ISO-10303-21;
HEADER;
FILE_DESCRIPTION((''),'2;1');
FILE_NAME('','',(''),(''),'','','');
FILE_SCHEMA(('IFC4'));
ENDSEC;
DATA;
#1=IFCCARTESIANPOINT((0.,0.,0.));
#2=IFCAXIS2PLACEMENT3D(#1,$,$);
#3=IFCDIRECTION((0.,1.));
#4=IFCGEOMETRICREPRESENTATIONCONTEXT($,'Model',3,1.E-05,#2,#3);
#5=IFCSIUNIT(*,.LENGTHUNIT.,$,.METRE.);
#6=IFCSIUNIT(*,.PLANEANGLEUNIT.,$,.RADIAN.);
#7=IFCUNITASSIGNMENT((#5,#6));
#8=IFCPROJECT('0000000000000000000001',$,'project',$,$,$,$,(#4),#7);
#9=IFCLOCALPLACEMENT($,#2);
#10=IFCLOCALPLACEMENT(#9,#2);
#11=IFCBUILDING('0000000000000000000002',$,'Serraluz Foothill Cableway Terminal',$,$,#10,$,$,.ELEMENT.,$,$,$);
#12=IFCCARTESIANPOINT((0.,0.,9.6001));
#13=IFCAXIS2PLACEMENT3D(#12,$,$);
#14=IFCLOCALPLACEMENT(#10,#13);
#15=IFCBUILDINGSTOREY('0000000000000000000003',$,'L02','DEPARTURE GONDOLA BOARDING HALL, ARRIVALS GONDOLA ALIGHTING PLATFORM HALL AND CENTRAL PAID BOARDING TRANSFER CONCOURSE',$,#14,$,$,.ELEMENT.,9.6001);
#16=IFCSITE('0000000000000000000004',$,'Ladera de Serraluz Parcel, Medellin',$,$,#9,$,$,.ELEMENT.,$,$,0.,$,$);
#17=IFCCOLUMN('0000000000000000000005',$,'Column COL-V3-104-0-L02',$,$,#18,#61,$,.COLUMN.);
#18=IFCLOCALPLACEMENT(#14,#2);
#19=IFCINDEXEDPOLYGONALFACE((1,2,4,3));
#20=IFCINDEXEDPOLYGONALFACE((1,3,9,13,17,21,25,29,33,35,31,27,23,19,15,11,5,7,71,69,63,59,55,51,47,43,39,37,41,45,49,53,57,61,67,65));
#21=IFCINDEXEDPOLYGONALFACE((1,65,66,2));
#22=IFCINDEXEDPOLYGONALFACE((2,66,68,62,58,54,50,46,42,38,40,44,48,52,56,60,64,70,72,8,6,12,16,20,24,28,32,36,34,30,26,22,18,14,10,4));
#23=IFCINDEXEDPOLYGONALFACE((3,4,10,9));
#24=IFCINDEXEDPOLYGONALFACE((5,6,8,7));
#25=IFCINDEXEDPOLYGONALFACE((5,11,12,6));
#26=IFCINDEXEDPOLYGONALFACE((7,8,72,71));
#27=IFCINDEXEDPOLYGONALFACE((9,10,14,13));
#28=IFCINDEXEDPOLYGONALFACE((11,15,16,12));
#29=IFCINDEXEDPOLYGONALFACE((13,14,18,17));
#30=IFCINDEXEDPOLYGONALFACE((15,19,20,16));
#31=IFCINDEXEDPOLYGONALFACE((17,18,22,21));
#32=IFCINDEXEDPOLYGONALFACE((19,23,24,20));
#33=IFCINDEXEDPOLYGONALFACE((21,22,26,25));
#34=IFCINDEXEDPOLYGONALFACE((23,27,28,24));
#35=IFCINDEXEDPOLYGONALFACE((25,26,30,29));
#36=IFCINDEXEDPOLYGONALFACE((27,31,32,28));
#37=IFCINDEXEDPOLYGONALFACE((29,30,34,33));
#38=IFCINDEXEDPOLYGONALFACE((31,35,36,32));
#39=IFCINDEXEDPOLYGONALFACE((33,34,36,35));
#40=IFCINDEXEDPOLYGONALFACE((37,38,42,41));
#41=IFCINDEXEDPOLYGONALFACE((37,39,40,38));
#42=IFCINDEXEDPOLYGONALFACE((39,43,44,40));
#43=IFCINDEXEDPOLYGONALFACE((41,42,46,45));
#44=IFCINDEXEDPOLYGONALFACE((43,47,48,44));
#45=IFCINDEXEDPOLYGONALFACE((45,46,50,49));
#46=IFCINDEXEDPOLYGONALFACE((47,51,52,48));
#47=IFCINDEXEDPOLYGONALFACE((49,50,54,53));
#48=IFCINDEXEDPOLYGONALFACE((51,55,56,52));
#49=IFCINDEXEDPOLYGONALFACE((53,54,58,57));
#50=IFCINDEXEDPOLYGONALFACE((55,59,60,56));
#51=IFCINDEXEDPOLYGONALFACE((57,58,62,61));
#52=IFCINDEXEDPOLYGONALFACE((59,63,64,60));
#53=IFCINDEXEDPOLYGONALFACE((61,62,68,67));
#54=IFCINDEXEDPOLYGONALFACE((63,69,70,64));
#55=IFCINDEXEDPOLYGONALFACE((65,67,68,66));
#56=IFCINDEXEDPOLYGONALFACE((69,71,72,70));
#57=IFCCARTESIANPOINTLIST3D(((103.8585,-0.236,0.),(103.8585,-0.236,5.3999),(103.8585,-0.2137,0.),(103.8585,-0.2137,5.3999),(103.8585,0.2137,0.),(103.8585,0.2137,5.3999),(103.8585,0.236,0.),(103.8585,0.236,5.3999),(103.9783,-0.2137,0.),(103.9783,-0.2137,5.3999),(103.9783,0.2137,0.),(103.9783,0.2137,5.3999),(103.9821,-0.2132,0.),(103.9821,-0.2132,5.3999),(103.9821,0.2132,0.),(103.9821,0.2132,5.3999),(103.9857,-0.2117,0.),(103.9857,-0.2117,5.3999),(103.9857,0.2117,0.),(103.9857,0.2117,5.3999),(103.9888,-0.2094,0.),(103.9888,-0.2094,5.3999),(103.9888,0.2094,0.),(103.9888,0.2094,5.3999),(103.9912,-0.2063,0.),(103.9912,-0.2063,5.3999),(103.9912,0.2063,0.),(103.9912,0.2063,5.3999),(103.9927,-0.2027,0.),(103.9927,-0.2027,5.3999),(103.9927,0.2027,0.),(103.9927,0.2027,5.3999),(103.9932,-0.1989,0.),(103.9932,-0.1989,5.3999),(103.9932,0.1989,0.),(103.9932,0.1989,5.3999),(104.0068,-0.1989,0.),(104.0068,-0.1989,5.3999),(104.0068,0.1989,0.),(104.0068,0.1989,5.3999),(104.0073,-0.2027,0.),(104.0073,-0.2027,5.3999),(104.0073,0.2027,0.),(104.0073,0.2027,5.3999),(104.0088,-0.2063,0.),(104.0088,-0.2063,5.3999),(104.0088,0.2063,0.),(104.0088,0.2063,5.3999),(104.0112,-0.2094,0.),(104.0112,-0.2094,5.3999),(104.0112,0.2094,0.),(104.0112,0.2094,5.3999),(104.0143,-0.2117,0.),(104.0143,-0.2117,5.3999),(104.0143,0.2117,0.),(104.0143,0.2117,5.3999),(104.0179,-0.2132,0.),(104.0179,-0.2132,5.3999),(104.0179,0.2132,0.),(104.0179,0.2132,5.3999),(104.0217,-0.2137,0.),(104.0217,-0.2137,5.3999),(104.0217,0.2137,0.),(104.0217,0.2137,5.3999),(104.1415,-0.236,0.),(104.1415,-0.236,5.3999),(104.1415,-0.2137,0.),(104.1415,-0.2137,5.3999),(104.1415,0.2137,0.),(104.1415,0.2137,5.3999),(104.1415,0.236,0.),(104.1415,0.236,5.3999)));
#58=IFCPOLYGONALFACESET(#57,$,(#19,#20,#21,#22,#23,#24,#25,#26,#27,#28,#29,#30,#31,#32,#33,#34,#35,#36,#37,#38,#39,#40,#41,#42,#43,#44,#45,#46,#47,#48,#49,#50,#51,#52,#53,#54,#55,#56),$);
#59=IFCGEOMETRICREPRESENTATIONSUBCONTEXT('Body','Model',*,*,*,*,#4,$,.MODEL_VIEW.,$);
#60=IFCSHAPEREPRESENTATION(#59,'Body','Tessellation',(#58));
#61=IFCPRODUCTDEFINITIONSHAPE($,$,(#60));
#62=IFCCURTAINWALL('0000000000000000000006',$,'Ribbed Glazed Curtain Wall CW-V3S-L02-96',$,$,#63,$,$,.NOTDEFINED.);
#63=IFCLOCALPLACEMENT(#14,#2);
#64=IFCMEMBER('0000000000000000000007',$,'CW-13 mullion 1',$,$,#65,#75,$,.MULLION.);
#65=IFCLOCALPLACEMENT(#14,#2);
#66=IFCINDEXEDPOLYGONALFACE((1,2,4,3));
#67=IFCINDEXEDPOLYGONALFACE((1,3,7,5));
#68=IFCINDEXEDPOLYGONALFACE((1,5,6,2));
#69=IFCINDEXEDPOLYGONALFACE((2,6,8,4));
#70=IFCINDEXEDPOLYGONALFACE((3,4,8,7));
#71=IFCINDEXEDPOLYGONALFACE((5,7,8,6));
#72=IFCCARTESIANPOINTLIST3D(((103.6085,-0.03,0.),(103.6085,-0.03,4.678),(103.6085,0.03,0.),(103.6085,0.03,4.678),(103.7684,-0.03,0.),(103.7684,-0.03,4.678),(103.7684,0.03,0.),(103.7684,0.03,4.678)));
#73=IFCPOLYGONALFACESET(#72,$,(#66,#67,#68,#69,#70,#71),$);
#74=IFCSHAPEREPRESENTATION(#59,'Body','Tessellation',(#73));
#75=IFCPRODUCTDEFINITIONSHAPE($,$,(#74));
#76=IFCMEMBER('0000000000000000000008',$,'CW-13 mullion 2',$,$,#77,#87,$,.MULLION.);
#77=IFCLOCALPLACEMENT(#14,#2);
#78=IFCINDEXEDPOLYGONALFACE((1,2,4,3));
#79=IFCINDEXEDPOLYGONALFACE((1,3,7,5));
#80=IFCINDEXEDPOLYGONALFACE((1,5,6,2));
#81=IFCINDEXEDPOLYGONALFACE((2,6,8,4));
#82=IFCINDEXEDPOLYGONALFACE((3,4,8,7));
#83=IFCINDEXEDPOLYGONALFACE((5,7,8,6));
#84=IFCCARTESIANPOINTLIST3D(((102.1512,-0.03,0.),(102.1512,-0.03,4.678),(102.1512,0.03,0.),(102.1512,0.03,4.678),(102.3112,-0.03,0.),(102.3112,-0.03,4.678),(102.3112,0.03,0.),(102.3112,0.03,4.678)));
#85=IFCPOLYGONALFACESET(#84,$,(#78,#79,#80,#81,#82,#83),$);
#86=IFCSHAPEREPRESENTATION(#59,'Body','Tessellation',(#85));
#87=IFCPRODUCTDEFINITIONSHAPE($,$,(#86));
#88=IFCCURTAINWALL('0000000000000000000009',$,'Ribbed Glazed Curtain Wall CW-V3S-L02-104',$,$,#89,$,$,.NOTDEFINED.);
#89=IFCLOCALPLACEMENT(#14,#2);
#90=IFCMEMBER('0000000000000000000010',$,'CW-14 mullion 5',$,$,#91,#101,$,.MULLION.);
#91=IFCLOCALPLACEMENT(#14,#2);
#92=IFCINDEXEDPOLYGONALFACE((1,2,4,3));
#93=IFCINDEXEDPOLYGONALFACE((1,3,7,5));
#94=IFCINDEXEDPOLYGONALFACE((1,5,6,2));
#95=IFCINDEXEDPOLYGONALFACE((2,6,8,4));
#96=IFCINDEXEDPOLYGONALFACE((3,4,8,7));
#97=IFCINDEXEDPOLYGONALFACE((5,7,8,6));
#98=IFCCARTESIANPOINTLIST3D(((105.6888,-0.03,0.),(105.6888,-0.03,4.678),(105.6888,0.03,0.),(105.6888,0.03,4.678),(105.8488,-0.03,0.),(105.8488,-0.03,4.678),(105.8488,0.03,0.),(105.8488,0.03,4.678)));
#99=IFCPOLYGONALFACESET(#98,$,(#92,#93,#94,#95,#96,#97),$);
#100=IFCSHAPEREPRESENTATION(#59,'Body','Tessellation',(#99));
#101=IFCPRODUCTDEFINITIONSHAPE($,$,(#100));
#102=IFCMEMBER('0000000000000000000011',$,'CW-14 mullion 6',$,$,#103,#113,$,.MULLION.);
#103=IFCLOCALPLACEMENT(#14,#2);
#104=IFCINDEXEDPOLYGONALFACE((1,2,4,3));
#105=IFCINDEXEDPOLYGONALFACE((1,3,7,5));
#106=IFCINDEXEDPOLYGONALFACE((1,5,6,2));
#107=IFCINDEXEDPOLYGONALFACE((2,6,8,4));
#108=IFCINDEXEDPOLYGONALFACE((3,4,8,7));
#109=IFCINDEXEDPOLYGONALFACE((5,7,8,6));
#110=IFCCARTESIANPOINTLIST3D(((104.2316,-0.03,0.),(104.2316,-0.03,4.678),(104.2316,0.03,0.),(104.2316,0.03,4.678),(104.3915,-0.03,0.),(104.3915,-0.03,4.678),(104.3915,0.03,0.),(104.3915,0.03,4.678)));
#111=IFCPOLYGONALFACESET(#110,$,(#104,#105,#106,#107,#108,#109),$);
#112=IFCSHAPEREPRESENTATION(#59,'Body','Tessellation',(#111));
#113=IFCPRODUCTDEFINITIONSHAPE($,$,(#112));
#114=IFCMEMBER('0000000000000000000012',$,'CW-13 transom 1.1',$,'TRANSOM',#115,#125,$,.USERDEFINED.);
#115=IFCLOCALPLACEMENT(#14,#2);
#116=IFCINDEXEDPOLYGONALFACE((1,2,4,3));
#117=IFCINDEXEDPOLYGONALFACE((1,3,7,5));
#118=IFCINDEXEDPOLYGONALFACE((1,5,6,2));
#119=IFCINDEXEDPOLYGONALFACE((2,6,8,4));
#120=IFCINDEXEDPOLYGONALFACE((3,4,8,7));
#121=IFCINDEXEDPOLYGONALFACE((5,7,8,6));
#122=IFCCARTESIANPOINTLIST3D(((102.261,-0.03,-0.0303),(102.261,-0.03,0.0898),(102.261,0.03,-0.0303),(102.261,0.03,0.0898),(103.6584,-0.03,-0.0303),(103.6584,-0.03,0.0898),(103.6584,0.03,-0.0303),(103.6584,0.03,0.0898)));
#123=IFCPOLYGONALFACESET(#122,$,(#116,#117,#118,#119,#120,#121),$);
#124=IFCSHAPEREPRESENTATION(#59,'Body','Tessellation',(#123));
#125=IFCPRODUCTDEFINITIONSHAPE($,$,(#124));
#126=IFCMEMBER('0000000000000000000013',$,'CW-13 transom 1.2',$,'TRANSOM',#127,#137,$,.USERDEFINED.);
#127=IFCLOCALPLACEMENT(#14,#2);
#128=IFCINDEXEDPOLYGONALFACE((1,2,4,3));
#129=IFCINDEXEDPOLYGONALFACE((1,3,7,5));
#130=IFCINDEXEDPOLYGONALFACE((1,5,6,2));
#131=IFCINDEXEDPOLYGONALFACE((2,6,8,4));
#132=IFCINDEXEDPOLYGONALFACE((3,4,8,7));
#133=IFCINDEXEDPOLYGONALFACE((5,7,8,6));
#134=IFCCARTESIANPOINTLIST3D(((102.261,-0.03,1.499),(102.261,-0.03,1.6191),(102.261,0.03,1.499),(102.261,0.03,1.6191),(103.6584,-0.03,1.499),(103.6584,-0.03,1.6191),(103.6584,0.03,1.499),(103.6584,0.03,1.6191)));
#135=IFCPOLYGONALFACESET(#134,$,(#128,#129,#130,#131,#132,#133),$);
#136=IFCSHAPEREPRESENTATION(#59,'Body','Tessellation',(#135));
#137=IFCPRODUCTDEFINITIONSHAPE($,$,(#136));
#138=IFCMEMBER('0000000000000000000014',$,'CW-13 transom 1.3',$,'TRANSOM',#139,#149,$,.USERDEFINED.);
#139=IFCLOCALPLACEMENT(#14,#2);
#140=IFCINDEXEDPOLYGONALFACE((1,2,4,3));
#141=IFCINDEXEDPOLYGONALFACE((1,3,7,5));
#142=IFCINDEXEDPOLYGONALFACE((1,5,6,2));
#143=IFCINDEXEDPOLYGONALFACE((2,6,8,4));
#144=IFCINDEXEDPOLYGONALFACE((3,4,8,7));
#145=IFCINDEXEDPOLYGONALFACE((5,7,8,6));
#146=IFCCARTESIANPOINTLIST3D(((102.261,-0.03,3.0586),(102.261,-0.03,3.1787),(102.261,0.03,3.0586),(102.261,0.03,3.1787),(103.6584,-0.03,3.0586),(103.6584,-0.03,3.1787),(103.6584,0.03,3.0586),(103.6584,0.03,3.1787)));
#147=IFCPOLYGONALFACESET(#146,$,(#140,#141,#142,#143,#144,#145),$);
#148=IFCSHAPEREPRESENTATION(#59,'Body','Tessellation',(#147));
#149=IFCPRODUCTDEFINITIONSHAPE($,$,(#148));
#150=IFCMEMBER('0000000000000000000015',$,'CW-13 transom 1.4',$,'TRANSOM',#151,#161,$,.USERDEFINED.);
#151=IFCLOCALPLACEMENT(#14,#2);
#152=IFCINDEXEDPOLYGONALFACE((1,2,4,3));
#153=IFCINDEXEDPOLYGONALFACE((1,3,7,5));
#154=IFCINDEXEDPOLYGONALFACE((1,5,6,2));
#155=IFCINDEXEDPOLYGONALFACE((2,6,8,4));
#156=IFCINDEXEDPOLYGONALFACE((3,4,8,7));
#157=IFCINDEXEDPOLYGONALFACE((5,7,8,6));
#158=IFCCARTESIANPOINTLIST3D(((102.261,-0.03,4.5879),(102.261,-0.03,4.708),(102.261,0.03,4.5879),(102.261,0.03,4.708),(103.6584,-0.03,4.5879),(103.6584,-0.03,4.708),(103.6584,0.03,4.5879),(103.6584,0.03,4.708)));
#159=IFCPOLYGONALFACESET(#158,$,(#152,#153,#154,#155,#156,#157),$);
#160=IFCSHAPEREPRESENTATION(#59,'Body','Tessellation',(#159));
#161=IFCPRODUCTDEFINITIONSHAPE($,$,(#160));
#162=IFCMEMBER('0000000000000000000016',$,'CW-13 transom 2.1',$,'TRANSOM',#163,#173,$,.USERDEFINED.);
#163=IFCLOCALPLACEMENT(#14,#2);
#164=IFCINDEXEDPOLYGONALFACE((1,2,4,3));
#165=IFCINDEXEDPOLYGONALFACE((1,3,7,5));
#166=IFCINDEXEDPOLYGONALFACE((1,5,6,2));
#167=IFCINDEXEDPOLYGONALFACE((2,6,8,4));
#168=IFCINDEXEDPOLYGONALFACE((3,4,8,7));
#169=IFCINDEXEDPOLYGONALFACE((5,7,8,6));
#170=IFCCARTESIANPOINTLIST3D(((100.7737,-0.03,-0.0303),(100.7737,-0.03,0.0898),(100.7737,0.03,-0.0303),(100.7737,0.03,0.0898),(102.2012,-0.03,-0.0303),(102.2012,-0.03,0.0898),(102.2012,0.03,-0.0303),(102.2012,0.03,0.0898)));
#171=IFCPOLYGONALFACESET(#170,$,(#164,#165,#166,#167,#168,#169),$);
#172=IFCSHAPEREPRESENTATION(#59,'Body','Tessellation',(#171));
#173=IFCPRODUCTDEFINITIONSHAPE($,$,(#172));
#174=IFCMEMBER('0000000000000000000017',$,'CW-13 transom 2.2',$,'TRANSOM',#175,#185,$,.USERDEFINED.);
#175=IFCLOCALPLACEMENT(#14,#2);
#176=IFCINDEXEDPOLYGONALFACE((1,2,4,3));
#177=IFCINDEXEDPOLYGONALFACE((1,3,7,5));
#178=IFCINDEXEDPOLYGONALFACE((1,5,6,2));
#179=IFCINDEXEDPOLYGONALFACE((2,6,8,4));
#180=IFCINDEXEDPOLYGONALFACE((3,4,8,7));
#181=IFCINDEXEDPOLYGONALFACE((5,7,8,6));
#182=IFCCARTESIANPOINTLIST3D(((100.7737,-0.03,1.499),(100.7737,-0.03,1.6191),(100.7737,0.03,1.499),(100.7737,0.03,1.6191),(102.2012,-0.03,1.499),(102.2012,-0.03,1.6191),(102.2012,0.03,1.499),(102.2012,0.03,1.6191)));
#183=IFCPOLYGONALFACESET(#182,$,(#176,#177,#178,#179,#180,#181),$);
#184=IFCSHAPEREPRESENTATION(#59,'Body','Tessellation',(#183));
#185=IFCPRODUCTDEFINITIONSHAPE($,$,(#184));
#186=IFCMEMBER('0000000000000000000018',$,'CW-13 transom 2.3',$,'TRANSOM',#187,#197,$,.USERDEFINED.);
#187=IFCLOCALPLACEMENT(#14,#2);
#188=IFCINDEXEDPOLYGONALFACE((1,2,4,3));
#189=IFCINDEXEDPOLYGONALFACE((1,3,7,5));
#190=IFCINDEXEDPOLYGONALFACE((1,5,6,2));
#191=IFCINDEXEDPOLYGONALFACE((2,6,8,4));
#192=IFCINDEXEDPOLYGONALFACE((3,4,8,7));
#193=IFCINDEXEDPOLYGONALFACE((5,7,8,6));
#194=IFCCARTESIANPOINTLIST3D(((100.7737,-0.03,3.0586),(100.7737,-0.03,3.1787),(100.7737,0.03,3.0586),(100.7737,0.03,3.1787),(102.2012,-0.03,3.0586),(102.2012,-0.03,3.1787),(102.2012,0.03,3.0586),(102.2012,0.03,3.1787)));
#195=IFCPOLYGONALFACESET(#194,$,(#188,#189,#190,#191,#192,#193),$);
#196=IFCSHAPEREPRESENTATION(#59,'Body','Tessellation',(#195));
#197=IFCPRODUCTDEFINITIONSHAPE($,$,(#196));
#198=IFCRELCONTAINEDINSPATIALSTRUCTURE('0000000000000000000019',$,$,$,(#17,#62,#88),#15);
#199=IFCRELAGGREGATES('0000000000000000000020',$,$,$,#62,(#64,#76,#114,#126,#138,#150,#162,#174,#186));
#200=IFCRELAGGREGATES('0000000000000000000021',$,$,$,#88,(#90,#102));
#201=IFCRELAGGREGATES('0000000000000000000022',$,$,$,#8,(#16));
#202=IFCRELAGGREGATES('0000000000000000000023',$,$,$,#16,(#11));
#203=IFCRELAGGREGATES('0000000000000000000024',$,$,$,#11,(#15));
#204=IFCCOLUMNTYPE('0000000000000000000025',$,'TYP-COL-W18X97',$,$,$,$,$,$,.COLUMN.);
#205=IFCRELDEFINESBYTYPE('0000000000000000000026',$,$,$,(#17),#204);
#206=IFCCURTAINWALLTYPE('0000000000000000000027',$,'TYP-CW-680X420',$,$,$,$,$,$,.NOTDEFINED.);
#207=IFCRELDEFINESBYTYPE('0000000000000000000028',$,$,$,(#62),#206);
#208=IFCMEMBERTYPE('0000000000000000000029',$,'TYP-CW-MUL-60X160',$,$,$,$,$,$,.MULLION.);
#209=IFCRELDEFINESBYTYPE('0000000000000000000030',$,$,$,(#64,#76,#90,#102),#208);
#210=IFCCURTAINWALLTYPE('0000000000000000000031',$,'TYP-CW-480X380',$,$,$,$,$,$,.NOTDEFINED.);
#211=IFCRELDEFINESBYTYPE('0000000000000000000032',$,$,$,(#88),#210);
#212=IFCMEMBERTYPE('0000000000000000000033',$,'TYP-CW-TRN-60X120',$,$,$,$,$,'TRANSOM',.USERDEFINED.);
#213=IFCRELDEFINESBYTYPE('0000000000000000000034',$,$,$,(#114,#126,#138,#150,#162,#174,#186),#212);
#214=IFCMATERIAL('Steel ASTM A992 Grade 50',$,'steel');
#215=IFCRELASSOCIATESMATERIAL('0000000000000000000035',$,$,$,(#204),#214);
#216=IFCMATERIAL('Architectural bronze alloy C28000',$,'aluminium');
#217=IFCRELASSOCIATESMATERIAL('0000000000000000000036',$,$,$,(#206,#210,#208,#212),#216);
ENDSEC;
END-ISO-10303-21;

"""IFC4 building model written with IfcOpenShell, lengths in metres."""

from ifc_helpers import new_model, si_unit, direction, frame, origin, origin_2d, place, context, subcontext, project, spatial, rectangle, i_section, extrude, material, material_profile, profile_set, type_object, element, aggregate, save


model = new_model("IFC4")

# Units and contexts
model_context = context("Model", 3, precision=1e-05, world=origin(), true_north=direction((0.0, 1.0)))
body_context = subcontext(model_context, "Body", "Model", "MODEL_VIEW")
ifc_project = project(units=[si_unit("LENGTHUNIT", "METRE"), si_unit("PLANEANGLEUNIT", "RADIAN")], contexts=[model_context])

# Site, building, storey
site_placement = place(None, origin())
site = spatial("IfcSite", under=ifc_project, at=site_placement, Name="Ladera de Serraluz Parcel, Medellin", CompositionType="ELEMENT", RefElevation=0.0)
building_placement = place(site_placement, origin())
building = spatial("IfcBuilding", under=site, at=building_placement, Name="Serraluz Foothill Cableway Terminal", CompositionType="ELEMENT")
storey_placement = place(building_placement, frame((0.0, 0.0, 9.6001)))
storey = spatial("IfcBuildingStorey", under=building, at=storey_placement, Name="L02", Description="DEPARTURE GONDOLA BOARDING HALL, ARRIVALS GONDOLA ALIGHTING PLATFORM HALL AND CENTRAL PAID BOARDING TRANSFER CONCOURSE", CompositionType="ELEMENT", Elevation=9.6001)

# Column
ifc_material_1 = material(Name="Steel ASTM A992 Grade 50", Category="steel")
ifc_material_profile_1 = material_profile(ifc_material_1, i_section(OverallWidth=0.283, OverallDepth=0.4719, WebThickness=0.0137, FlangeThickness=0.0222, FilletRadius=0.0149, at=origin_2d()), Name="W18X97")
ifc_profile_set_1 = profile_set([ifc_material_profile_1], Name="Steel ASTM A992 Grade 50")
column_type = type_object("IfcColumnType", Name="TYP-COL-W18X97", PredefinedType="COLUMN", material=ifc_profile_set_1)
column_placement = place(storey_placement, frame((104.0, 0.0, 0.0), z_axis=(0.0, 0.0, 1.0), x_axis=(1.0, 0.0, 0.0)))
element("IfcColumn", 1, at=column_placement, inside=storey, type_object=column_type, Name="Column COL-V3-104-0-L02", PredefinedType="COLUMN", context=body_context, shape_type="SweptSolid", body=[
    extrude(i_section(OverallWidth=0.283, OverallDepth=0.4719, WebThickness=0.0137, FlangeThickness=0.0222, FilletRadius=0.0149, at=origin_2d()), origin(), (0.0, 0.0, 1.0), 5.3999),
])

# Curtain walls, members
ifc_material_2 = material(Name="Architectural bronze alloy C28000", Category="aluminium")
curtain_wall_type_1 = type_object("IfcCurtainWallType", Name="TYP-CW-680X420", PredefinedType="NOTDEFINED", material=ifc_material_2)
curtain_wall_1_placement = place(storey_placement, origin())
curtain_wall_1 = element("IfcCurtainWall", 2, at=curtain_wall_1_placement, inside=storey, type_object=curtain_wall_type_1, Name="Ribbed Glazed Curtain Wall CW-V3S-L02-96", PredefinedType="NOTDEFINED")
ifc_material_profile_2 = material_profile(ifc_material_2, rectangle(XDim=0.0601, YDim=0.1599, at=origin_2d()), Name="ALU MULLION 60x160")
ifc_profile_set_2 = profile_set([ifc_material_profile_2], Name="Architectural bronze alloy C28000")
member_type_1 = type_object("IfcMemberType", Name="TYP-CW-MUL-60X160", PredefinedType="MULLION", material=ifc_profile_set_2)
member_1_placement = place(storey_placement, frame((103.6885, 0.0, 0.0), z_axis=(0.0, 0.0, 1.0), x_axis=(0.0, -1.0, 0.0)))
member_1 = element("IfcMember", 3, at=member_1_placement, type_object=member_type_1, Name="CW-13 mullion 1", PredefinedType="MULLION", context=body_context, shape_type="SweptSolid", body=[
    extrude(rectangle(XDim=0.0601, YDim=0.1599, at=origin_2d()), origin(), (0.0, 0.0, 1.0), 4.678),
])
member_2_placement = place(storey_placement, frame((102.2312, 0.0, 0.0), z_axis=(0.0, 0.0, 1.0), x_axis=(0.0, -1.0, 0.0)))
member_2 = element("IfcMember", 4, at=member_2_placement, type_object=member_type_1, Name="CW-13 mullion 2", PredefinedType="MULLION", context=body_context, shape_type="SweptSolid", body=[
    extrude(rectangle(XDim=0.0601, YDim=0.1599, at=origin_2d()), origin(), (0.0, 0.0, 1.0), 4.678),
])
curtain_wall_type_2 = type_object("IfcCurtainWallType", Name="TYP-CW-480X380", PredefinedType="NOTDEFINED", material=ifc_material_2)
curtain_wall_2_placement = place(storey_placement, origin())
curtain_wall_2 = element("IfcCurtainWall", 5, at=curtain_wall_2_placement, inside=storey, type_object=curtain_wall_type_2, Name="Ribbed Glazed Curtain Wall CW-V3S-L02-104", PredefinedType="NOTDEFINED")
member_3_placement = place(storey_placement, frame((105.7688, 0.0, 0.0), z_axis=(0.0, 0.0, 1.0), x_axis=(0.0, -1.0, 0.0)))
member_3 = element("IfcMember", 6, at=member_3_placement, type_object=member_type_1, Name="CW-14 mullion 5", PredefinedType="MULLION", context=body_context, shape_type="SweptSolid", body=[
    extrude(rectangle(XDim=0.0601, YDim=0.1599, at=origin_2d()), origin(), (0.0, 0.0, 1.0), 4.678),
])
member_4_placement = place(storey_placement, frame((104.3115, 0.0, 0.0), z_axis=(0.0, 0.0, 1.0), x_axis=(0.0, -1.0, 0.0)))
member_4 = element("IfcMember", 7, at=member_4_placement, type_object=member_type_1, Name="CW-14 mullion 6", PredefinedType="MULLION", context=body_context, shape_type="SweptSolid", body=[
    extrude(rectangle(XDim=0.0601, YDim=0.1599, at=origin_2d()), origin(), (0.0, 0.0, 1.0), 4.678),
])

# Members
ifc_material_profile_3 = material_profile(ifc_material_2, rectangle(XDim=0.0601, YDim=0.1201, at=origin_2d()), Name="ALU TRANSOM 60x120")
ifc_profile_set_3 = profile_set([ifc_material_profile_3], Name="Architectural bronze alloy C28000")
member_type_2 = type_object("IfcMemberType", Name="TYP-CW-TRN-60X120", ElementType="TRANSOM", PredefinedType="USERDEFINED", material=ifc_profile_set_3)
member_5_placement = place(storey_placement, frame((103.6584, 0.0, 0.0298), z_axis=(-1.0, 0.0, 0.0), x_axis=(0.0, -1.0, 0.0)))
member_5 = element("IfcMember", 8, at=member_5_placement, type_object=member_type_2, Name="CW-13 transom 1.1", ObjectType="TRANSOM", PredefinedType="USERDEFINED", context=body_context, shape_type="SweptSolid", body=[
    extrude(rectangle(XDim=0.0601, YDim=0.1201, at=origin_2d()), origin(), (0.0, 0.0, 1.0), 1.3975),
])
member_6_placement = place(storey_placement, frame((103.6584, 0.0, 1.5591), z_axis=(-1.0, 0.0, 0.0), x_axis=(0.0, -1.0, 0.0)))
member_6 = element("IfcMember", 9, at=member_6_placement, type_object=member_type_2, Name="CW-13 transom 1.2", ObjectType="TRANSOM", PredefinedType="USERDEFINED", context=body_context, shape_type="SweptSolid", body=[
    extrude(rectangle(XDim=0.0601, YDim=0.1201, at=origin_2d()), origin(), (0.0, 0.0, 1.0), 1.3975),
])
member_7_placement = place(storey_placement, frame((103.6584, 0.0, 3.1187), z_axis=(-1.0, 0.0, 0.0), x_axis=(0.0, -1.0, 0.0)))
member_7 = element("IfcMember", 10, at=member_7_placement, type_object=member_type_2, Name="CW-13 transom 1.3", ObjectType="TRANSOM", PredefinedType="USERDEFINED", context=body_context, shape_type="SweptSolid", body=[
    extrude(rectangle(XDim=0.0601, YDim=0.1201, at=origin_2d()), origin(), (0.0, 0.0, 1.0), 1.3975),
])
member_8_placement = place(storey_placement, frame((103.6584, 0.0, 4.6479), z_axis=(-1.0, 0.0, 0.0), x_axis=(0.0, -1.0, 0.0)))
member_8 = element("IfcMember", 11, at=member_8_placement, type_object=member_type_2, Name="CW-13 transom 1.4", ObjectType="TRANSOM", PredefinedType="USERDEFINED", context=body_context, shape_type="SweptSolid", body=[
    extrude(rectangle(XDim=0.0601, YDim=0.1201, at=origin_2d()), origin(), (0.0, 0.0, 1.0), 1.3975),
])
member_9_placement = place(storey_placement, frame((102.2012, 0.0, 0.0298), z_axis=(-1.0, 0.0, 0.0), x_axis=(0.0, -1.0, 0.0)))
member_9 = element("IfcMember", 12, at=member_9_placement, type_object=member_type_2, Name="CW-13 transom 2.1", ObjectType="TRANSOM", PredefinedType="USERDEFINED", context=body_context, shape_type="SweptSolid", body=[
    extrude(rectangle(XDim=0.0601, YDim=0.1201, at=origin_2d()), origin(), (0.0, 0.0, 1.0), 1.4275),
])
member_10_placement = place(storey_placement, frame((102.2012, 0.0, 1.5591), z_axis=(-1.0, 0.0, 0.0), x_axis=(0.0, -1.0, 0.0)))
member_10 = element("IfcMember", 13, at=member_10_placement, type_object=member_type_2, Name="CW-13 transom 2.2", ObjectType="TRANSOM", PredefinedType="USERDEFINED", context=body_context, shape_type="SweptSolid", body=[
    extrude(rectangle(XDim=0.0601, YDim=0.1201, at=origin_2d()), origin(), (0.0, 0.0, 1.0), 1.4275),
])
member_11_placement = place(storey_placement, frame((102.2012, 0.0, 3.1187), z_axis=(-1.0, 0.0, 0.0), x_axis=(0.0, -1.0, 0.0)))
member_11 = element("IfcMember", 14, at=member_11_placement, type_object=member_type_2, Name="CW-13 transom 2.3", ObjectType="TRANSOM", PredefinedType="USERDEFINED", context=body_context, shape_type="SweptSolid", body=[
    extrude(rectangle(XDim=0.0601, YDim=0.1201, at=origin_2d()), origin(), (0.0, 0.0, 1.0), 1.4275),
])

aggregate(curtain_wall_1, [member_1, member_2, member_5, member_6, member_7, member_8, member_9, member_10, member_11])
aggregate(curtain_wall_2, [member_3, member_4])

save(model, "model.ifc")
